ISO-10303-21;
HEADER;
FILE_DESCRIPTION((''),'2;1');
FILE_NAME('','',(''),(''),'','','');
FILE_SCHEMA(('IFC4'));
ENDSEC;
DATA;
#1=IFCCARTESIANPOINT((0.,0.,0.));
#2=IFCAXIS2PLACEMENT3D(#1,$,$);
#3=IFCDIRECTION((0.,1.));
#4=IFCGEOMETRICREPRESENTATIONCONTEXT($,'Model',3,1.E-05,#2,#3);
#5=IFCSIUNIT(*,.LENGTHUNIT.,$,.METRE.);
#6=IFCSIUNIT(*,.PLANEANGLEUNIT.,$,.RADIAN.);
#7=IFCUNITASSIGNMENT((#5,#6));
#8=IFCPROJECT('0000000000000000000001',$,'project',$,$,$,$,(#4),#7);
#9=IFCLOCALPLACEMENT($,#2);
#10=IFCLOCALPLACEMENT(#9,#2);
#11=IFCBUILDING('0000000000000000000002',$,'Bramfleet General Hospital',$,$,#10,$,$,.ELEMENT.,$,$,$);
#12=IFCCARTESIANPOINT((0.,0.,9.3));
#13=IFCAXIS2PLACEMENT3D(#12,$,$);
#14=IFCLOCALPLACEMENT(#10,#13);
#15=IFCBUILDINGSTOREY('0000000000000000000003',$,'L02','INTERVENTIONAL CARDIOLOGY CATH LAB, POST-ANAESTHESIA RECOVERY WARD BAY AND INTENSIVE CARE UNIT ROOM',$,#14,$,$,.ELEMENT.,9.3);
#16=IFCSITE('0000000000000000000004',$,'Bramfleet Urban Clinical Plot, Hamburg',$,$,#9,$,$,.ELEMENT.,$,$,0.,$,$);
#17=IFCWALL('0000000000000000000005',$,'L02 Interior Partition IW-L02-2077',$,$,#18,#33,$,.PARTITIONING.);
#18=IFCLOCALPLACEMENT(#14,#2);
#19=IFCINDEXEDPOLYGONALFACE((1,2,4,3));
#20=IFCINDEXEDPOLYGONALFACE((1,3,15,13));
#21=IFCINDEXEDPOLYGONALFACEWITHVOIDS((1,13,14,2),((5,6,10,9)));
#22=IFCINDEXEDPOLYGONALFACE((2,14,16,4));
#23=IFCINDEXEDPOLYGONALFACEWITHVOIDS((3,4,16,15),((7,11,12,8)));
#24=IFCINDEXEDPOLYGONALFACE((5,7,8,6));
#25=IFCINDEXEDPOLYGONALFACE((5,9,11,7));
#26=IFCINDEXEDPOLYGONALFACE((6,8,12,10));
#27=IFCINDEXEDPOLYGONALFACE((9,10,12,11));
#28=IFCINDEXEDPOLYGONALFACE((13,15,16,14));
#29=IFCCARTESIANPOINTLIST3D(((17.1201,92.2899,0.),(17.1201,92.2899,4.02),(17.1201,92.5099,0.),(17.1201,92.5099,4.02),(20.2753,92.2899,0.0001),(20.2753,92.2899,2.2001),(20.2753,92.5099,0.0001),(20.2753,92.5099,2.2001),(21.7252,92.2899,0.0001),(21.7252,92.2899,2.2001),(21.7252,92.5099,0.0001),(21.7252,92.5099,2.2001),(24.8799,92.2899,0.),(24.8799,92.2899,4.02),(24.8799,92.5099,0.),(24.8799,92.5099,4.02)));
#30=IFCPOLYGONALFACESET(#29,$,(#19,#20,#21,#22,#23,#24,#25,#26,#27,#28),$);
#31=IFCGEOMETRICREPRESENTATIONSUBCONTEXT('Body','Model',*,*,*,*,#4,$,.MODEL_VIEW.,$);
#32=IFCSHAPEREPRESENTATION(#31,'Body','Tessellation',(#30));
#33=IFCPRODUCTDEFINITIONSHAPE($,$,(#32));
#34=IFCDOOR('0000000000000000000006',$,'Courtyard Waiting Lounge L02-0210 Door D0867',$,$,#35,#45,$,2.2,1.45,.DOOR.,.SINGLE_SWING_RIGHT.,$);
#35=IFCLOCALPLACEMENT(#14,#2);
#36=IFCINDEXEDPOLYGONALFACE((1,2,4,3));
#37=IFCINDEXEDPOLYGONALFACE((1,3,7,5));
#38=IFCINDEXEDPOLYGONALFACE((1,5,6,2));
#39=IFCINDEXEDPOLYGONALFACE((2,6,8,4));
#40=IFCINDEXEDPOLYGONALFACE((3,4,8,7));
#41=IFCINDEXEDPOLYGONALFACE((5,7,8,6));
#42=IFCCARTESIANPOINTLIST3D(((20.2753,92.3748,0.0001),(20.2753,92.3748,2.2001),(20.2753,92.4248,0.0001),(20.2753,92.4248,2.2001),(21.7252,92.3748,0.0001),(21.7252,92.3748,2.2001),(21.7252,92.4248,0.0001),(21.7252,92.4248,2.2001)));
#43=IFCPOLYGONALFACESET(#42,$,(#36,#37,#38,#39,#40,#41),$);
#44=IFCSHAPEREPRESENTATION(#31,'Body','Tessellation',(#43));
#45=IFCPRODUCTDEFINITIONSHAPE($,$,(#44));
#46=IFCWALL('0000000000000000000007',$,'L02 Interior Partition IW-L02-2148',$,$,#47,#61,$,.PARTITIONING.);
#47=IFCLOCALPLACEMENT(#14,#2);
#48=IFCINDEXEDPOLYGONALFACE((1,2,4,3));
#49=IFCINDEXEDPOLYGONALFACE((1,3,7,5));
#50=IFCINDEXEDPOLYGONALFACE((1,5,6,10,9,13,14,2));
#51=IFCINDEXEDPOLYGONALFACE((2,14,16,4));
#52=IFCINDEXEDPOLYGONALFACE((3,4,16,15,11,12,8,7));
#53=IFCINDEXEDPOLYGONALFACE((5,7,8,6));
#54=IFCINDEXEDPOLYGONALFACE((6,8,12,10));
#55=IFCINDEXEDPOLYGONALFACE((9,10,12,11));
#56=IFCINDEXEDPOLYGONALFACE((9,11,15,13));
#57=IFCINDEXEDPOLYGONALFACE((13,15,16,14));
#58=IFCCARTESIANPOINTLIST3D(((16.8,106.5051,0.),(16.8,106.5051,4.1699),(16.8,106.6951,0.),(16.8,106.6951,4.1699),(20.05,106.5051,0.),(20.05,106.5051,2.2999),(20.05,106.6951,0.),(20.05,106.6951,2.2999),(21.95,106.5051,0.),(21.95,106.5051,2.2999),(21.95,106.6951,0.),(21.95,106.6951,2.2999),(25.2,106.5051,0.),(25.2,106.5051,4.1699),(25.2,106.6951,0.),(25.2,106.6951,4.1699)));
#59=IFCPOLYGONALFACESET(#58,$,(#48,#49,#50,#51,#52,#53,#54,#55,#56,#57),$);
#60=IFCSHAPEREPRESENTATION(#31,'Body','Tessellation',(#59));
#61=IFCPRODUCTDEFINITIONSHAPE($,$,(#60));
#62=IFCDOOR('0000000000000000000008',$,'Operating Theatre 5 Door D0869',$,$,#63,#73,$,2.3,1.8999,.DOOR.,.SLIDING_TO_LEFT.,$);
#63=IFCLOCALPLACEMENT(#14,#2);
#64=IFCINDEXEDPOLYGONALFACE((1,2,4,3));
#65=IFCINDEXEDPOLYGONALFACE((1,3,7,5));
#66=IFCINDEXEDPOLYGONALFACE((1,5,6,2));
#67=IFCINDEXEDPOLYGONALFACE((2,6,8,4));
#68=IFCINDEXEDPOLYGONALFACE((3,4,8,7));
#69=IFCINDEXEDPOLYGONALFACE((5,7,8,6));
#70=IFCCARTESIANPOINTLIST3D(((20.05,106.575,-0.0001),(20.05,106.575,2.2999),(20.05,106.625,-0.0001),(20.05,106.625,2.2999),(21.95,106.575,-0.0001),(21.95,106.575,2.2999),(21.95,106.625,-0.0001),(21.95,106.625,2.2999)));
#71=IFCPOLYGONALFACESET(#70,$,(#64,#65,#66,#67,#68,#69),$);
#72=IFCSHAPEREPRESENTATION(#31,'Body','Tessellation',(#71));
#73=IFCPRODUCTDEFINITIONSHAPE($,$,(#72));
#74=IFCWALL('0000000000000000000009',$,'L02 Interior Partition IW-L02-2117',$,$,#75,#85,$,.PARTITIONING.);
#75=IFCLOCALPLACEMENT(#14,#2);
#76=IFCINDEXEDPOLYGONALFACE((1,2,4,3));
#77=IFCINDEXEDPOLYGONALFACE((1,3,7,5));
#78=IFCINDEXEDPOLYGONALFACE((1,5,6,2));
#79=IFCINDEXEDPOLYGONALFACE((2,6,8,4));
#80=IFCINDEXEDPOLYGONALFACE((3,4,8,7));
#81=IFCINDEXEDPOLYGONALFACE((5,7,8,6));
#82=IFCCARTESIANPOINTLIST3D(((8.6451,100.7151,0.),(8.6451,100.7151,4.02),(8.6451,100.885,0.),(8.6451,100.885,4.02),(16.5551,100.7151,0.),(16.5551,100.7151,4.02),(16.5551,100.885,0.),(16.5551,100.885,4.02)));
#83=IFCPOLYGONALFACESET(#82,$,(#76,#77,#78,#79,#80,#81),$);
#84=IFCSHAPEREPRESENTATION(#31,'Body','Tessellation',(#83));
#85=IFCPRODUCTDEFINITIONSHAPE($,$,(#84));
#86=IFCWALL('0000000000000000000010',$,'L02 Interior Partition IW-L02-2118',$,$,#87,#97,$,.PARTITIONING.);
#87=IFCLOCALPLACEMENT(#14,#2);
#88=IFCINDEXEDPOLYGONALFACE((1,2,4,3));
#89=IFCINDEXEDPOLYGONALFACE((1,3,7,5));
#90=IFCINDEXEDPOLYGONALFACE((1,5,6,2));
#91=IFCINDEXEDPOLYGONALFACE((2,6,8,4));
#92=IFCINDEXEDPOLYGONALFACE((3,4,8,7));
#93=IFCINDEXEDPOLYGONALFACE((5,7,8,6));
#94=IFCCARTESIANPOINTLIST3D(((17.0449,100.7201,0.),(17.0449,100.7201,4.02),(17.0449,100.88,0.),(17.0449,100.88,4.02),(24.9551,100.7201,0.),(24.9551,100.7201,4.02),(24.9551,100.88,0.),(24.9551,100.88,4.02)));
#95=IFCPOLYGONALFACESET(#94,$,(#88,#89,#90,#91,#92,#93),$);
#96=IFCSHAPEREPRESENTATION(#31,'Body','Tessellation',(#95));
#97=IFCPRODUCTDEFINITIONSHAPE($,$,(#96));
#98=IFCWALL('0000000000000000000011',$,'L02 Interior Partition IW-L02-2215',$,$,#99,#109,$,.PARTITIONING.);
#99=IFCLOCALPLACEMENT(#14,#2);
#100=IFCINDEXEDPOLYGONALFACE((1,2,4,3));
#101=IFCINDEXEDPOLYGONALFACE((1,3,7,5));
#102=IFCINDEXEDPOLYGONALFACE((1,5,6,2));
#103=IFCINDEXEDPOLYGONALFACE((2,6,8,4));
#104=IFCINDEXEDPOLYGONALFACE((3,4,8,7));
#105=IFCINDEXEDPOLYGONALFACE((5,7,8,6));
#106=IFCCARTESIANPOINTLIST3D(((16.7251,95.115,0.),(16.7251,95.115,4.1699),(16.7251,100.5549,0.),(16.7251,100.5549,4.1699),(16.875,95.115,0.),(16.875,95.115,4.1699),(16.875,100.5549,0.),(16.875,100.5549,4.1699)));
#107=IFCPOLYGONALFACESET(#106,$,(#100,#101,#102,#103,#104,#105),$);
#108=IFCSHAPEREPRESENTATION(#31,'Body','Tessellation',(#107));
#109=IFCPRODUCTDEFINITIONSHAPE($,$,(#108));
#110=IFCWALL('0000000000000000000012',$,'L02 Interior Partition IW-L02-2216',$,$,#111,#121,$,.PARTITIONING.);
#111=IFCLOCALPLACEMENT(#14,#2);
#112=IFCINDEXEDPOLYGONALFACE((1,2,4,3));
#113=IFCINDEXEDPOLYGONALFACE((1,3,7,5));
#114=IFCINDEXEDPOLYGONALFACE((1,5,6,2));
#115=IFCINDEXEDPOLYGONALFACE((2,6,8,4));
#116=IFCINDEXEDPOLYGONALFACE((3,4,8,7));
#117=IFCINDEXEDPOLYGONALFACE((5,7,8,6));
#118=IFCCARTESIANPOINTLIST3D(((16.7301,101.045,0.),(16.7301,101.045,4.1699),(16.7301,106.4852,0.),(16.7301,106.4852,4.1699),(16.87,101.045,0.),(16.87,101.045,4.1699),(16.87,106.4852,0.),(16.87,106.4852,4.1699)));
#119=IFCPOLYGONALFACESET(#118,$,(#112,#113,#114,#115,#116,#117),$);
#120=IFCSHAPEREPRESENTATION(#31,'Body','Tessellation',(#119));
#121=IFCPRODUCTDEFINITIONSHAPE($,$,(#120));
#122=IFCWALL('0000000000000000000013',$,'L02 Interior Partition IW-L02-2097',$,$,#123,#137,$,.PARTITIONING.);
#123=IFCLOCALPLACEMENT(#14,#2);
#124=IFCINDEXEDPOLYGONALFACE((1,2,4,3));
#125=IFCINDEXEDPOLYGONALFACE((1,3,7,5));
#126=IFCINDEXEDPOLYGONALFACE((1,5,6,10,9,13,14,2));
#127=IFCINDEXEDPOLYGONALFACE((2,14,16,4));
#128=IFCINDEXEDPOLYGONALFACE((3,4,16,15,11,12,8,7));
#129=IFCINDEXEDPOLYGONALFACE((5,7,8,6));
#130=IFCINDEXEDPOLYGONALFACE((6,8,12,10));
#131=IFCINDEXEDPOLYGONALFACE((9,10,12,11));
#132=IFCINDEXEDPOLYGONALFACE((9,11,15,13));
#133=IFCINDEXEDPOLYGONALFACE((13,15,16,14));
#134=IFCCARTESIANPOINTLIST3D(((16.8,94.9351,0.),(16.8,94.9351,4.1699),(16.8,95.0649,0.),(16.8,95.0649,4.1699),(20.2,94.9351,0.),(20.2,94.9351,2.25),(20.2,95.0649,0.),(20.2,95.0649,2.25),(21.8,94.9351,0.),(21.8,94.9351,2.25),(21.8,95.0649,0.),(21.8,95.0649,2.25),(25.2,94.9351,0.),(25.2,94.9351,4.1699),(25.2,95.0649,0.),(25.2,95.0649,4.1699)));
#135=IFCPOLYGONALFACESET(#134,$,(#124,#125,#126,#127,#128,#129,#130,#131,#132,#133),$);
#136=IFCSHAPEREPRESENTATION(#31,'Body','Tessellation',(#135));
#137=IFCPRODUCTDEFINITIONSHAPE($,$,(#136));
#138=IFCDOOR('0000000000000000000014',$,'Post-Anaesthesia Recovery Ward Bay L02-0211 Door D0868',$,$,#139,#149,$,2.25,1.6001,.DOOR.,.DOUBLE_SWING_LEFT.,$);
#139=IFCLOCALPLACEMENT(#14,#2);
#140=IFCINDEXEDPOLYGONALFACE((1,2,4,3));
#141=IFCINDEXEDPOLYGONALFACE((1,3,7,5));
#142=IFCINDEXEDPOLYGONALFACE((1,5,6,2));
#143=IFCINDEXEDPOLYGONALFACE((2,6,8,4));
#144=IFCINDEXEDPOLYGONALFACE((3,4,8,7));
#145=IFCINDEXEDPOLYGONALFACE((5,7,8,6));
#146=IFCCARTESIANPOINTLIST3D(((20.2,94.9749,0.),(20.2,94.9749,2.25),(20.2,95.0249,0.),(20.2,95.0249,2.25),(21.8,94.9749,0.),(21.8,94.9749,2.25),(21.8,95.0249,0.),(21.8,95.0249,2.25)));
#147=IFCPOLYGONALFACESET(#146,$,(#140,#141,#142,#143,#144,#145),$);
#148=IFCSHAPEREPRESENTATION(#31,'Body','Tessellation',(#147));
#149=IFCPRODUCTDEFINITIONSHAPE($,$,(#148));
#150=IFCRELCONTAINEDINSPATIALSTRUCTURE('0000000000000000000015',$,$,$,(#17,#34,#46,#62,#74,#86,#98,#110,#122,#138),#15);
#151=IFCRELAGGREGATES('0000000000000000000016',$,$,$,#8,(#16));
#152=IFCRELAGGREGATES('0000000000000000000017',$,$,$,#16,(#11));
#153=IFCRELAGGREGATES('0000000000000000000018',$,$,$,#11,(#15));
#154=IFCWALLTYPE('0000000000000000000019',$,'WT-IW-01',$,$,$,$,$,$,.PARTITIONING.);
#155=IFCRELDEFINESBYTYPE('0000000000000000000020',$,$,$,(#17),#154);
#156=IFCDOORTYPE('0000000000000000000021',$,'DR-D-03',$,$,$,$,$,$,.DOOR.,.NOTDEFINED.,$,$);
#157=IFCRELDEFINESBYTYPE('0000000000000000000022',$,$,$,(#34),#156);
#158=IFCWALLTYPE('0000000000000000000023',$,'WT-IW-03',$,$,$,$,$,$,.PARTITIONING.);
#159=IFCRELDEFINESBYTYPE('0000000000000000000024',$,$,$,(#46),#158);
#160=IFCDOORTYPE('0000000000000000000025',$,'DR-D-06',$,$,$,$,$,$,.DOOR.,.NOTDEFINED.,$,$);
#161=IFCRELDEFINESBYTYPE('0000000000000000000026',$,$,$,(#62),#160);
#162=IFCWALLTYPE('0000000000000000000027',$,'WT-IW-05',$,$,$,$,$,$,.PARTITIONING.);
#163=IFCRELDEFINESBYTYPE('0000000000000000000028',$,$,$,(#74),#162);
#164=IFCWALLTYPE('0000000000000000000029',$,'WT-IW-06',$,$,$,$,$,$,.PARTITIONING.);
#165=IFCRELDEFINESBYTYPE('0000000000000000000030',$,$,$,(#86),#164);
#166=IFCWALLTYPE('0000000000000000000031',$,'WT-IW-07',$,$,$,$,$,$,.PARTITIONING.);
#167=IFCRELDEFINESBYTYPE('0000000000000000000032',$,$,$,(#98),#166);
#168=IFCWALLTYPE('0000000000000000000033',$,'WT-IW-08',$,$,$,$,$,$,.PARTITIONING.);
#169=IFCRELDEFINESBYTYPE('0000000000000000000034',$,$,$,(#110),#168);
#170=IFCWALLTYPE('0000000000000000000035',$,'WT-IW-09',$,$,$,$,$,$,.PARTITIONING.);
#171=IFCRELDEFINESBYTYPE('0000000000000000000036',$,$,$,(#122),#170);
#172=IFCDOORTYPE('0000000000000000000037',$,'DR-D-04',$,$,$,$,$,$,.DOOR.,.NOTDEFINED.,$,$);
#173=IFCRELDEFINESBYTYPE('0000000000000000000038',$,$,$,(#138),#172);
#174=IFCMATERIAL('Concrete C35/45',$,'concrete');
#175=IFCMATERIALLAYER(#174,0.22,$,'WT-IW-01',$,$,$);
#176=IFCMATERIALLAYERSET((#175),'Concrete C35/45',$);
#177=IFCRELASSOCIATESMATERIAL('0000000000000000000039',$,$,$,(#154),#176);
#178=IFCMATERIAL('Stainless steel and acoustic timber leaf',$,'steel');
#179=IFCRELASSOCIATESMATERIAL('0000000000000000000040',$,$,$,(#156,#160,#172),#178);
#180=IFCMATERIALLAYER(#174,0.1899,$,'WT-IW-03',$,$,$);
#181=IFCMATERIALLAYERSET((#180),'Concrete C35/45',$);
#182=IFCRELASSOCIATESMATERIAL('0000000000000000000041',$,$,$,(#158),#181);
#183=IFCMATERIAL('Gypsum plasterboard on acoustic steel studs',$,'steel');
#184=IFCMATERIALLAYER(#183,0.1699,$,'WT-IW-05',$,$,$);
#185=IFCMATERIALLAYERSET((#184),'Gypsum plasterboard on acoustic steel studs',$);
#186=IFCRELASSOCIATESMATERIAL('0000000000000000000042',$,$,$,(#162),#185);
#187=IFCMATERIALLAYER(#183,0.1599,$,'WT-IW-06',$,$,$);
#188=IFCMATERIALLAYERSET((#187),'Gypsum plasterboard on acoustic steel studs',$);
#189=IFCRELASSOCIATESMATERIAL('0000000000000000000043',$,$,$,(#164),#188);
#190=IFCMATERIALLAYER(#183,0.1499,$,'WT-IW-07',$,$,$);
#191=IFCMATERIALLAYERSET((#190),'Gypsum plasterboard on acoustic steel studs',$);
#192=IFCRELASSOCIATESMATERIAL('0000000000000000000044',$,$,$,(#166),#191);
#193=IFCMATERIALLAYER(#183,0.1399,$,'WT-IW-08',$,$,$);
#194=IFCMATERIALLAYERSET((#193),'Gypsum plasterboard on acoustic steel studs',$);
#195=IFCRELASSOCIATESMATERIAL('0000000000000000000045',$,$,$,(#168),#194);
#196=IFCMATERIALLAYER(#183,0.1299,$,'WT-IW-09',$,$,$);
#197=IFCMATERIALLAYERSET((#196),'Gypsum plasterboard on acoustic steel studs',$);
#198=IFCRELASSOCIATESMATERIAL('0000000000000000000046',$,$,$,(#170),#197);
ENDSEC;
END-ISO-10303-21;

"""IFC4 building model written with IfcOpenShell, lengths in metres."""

from ifc_helpers import new_model, si_unit, direction, frame, frame_2d, origin, place, context, subcontext, project, spatial, rectangle, extrude, material, layer, layer_set, type_object, element, fill, save


model = new_model("IFC4")

# Units and contexts
model_context = context("Model", 3, precision=1e-05, world=origin(), true_north=direction((0.0, 1.0)))
body_context = subcontext(model_context, "Body", "Model", "MODEL_VIEW")
ifc_project = project(units=[si_unit("LENGTHUNIT", "METRE"), si_unit("PLANEANGLEUNIT", "RADIAN")], contexts=[model_context])

# Site, building, storey
site_placement = place(None, origin())
site = spatial("IfcSite", under=ifc_project, at=site_placement, Name="Bramfleet Urban Clinical Plot, Hamburg", CompositionType="ELEMENT", RefElevation=0.0)
building_placement = place(site_placement, origin())
building = spatial("IfcBuilding", under=site, at=building_placement, Name="Bramfleet General Hospital", CompositionType="ELEMENT")
storey_placement = place(building_placement, frame((0.0, 0.0, 9.3)))
storey = spatial("IfcBuildingStorey", under=building, at=storey_placement, Name="L02", Description="INTERVENTIONAL CARDIOLOGY CATH LAB, POST-ANAESTHESIA RECOVERY WARD BAY AND INTENSIVE CARE UNIT ROOM", CompositionType="ELEMENT", Elevation=9.3)

# Shared definitions
ifc_material_1 = material(Name="Concrete C35/45", Category="concrete")

# Walls, openings, doors
ifc_layer_1 = layer(ifc_material_1, 0.22, Name="WT-IW-01")
ifc_layer_set_1 = layer_set([ifc_layer_1], Name="Concrete C35/45")
wall_type_1 = type_object("IfcWallType", Name="WT-IW-01", PredefinedType="PARTITIONING", material=ifc_layer_set_1)
wall_1_placement = place(storey_placement, frame((17.1201, 92.3999, 0.0), z_axis=(0.0, 0.0, 1.0), x_axis=(1.0, 0.0, 0.0)))
wall_1 = element("IfcWall", 1, at=wall_1_placement, inside=storey, type_object=wall_type_1, Name="L02 Interior Partition IW-L02-2077", PredefinedType="PARTITIONING", context=body_context, shape_type="SweptSolid", body=[
    extrude(rectangle(XDim=7.7598, YDim=0.22, at=frame_2d((3.8799, 0.0))), origin(), (0.0, 0.0, 1.0), 4.02),
])
opening_1_placement = place(wall_1_placement, frame((3.155, 0.0, 0.0)))
opening_1 = element("IfcOpeningElement", 2, at=opening_1_placement, cuts=wall_1, PredefinedType="OPENING", context=body_context, shape_type="SweptSolid", body=[
    extrude(rectangle(XDim=1.45, YDim=2.2, at=frame_2d((0.7251, 1.1001))), frame((0.0, 0.1199, 0.0), z_axis=(0.0, -1.0, 0.0), x_axis=(1.0, 0.0, 0.0)), (0.0, 0.0, 1.0), 0.24),
])
ifc_material_2 = material(Name="Stainless steel and acoustic timber leaf", Category="steel")
door_type_1 = type_object("IfcDoorType", Name="DR-D-03", OperationType="NOTDEFINED", PredefinedType="DOOR", material=ifc_material_2)
door_1_placement = place(opening_1_placement, origin())
door_1 = element("IfcDoor", 3, at=door_1_placement, inside=storey, type_object=door_type_1, Name="Courtyard Waiting Lounge L02-0210 Door D0867", OperationType="SINGLE_SWING_RIGHT", OverallHeight=2.2, OverallWidth=1.45, PredefinedType="DOOR", context=body_context, shape_type="SweptSolid", body=[
    extrude(rectangle(XDim=1.45, YDim=2.2, at=frame_2d((0.7251, 1.1001))), frame((0.0, 0.0249, 0.0), z_axis=(0.0, -1.0, 0.0), x_axis=(1.0, 0.0, 0.0)), (0.0, 0.0, 1.0), 0.05),
])
fill(opening_1, door_1)
ifc_layer_2 = layer(ifc_material_1, 0.1899, Name="WT-IW-03")
ifc_layer_set_2 = layer_set([ifc_layer_2], Name="Concrete C35/45")
wall_type_2 = type_object("IfcWallType", Name="WT-IW-03", PredefinedType="PARTITIONING", material=ifc_layer_set_2)
wall_2_placement = place(storey_placement, frame((16.8, 106.6001, 0.0), z_axis=(0.0, 0.0, 1.0), x_axis=(1.0, 0.0, 0.0)))
wall_2 = element("IfcWall", 4, at=wall_2_placement, inside=storey, type_object=wall_type_2, Name="L02 Interior Partition IW-L02-2148", PredefinedType="PARTITIONING", context=body_context, shape_type="SweptSolid", body=[
    extrude(rectangle(XDim=8.3999, YDim=0.1899, at=frame_2d((4.2, 0.0))), origin(), (0.0, 0.0, 1.0), 4.1699),
])
opening_2_placement = place(wall_2_placement, frame((3.25, 0.0, 0.0)))
opening_2 = element("IfcOpeningElement", 5, at=opening_2_placement, cuts=wall_2, PredefinedType="OPENING", context=body_context, shape_type="SweptSolid", body=[
    extrude(rectangle(XDim=1.8999, YDim=2.3, at=frame_2d((0.95, 1.1499))), frame((0.0, 0.105, 0.0), z_axis=(0.0, -1.0, 0.0), x_axis=(1.0, 0.0, 0.0)), (0.0, 0.0, 1.0), 0.21),
])
door_type_2 = type_object("IfcDoorType", Name="DR-D-06", OperationType="NOTDEFINED", PredefinedType="DOOR", material=ifc_material_2)
door_2_placement = place(opening_2_placement, origin())
door_2 = element("IfcDoor", 6, at=door_2_placement, inside=storey, type_object=door_type_2, Name="Operating Theatre 5 Door D0869", OperationType="SLIDING_TO_LEFT", OverallHeight=2.3, OverallWidth=1.8999, PredefinedType="DOOR", context=body_context, shape_type="SweptSolid", body=[
    extrude(rectangle(XDim=1.8999, YDim=2.3, at=frame_2d((0.95, 1.1499))), frame((0.0, 0.0249, 0.0), z_axis=(0.0, -1.0, 0.0), x_axis=(1.0, 0.0, 0.0)), (0.0, 0.0, 1.0), 0.05),
])
fill(opening_2, door_2)

# Walls
ifc_material_3 = material(Name="Gypsum plasterboard on acoustic steel studs", Category="steel")
ifc_layer_3 = layer(ifc_material_3, 0.1699, Name="WT-IW-05")
ifc_layer_set_3 = layer_set([ifc_layer_3], Name="Gypsum plasterboard on acoustic steel studs")
wall_type_3 = type_object("IfcWallType", Name="WT-IW-05", PredefinedType="PARTITIONING", material=ifc_layer_set_3)
wall_3_placement = place(storey_placement, frame((8.645, 100.8, 0.0), z_axis=(0.0, 0.0, 1.0), x_axis=(1.0, 0.0, 0.0)))
element("IfcWall", 7, at=wall_3_placement, inside=storey, type_object=wall_type_3, Name="L02 Interior Partition IW-L02-2117", PredefinedType="PARTITIONING", context=body_context, shape_type="SweptSolid", body=[
    extrude(rectangle(XDim=7.9099, YDim=0.1699, at=frame_2d((3.9551, 0.0))), origin(), (0.0, 0.0, 1.0), 4.02),
])
ifc_layer_4 = layer(ifc_material_3, 0.1599, Name="WT-IW-06")
ifc_layer_set_4 = layer_set([ifc_layer_4], Name="Gypsum plasterboard on acoustic steel studs")
wall_type_4 = type_object("IfcWallType", Name="WT-IW-06", PredefinedType="PARTITIONING", material=ifc_layer_set_4)
wall_4_placement = place(storey_placement, frame((17.0449, 100.8, 0.0), z_axis=(0.0, 0.0, 1.0), x_axis=(1.0, 0.0, 0.0)))
element("IfcWall", 8, at=wall_4_placement, inside=storey, type_object=wall_type_4, Name="L02 Interior Partition IW-L02-2118", PredefinedType="PARTITIONING", context=body_context, shape_type="SweptSolid", body=[
    extrude(rectangle(XDim=7.9102, YDim=0.1599, at=frame_2d((3.9551, 0.0))), origin(), (0.0, 0.0, 1.0), 4.02),
])
ifc_layer_5 = layer(ifc_material_3, 0.1499, Name="WT-IW-07")
ifc_layer_set_5 = layer_set([ifc_layer_5], Name="Gypsum plasterboard on acoustic steel studs")
wall_type_5 = type_object("IfcWallType", Name="WT-IW-07", PredefinedType="PARTITIONING", material=ifc_layer_set_5)
wall_5_placement = place(storey_placement, frame((16.8, 95.115, 0.0), z_axis=(0.0, 0.0, 1.0), x_axis=(0.0, 1.0, 0.0)))
element("IfcWall", 9, at=wall_5_placement, inside=storey, type_object=wall_type_5, Name="L02 Interior Partition IW-L02-2215", PredefinedType="PARTITIONING", context=body_context, shape_type="SweptSolid", body=[
    extrude(rectangle(XDim=5.4399, YDim=0.1499, at=frame_2d((2.72, 0.0))), origin(), (0.0, 0.0, 1.0), 4.1699),
])
ifc_layer_6 = layer(ifc_material_3, 0.1399, Name="WT-IW-08")
ifc_layer_set_6 = layer_set([ifc_layer_6], Name="Gypsum plasterboard on acoustic steel studs")
wall_type_6 = type_object("IfcWallType", Name="WT-IW-08", PredefinedType="PARTITIONING", material=ifc_layer_set_6)
wall_6_placement = place(storey_placement, frame((16.8, 101.0449, 0.0), z_axis=(0.0, 0.0, 1.0), x_axis=(0.0, 1.0, 0.0)))
element("IfcWall", 10, at=wall_6_placement, inside=storey, type_object=wall_type_6, Name="L02 Interior Partition IW-L02-2216", PredefinedType="PARTITIONING", context=body_context, shape_type="SweptSolid", body=[
    extrude(rectangle(XDim=5.4402, YDim=0.1399, at=frame_2d((2.7202, 0.0))), origin(), (0.0, 0.0, 1.0), 4.1699),
])

# Wall, opening, door
ifc_layer_7 = layer(ifc_material_3, 0.1299, Name="WT-IW-09")
ifc_layer_set_7 = layer_set([ifc_layer_7], Name="Gypsum plasterboard on acoustic steel studs")
wall_type_7 = type_object("IfcWallType", Name="WT-IW-09", PredefinedType="PARTITIONING", material=ifc_layer_set_7)
wall_7_placement = place(storey_placement, frame((16.8, 95.0, 0.0), z_axis=(0.0, 0.0, 1.0), x_axis=(1.0, 0.0, 0.0)))
wall_7 = element("IfcWall", 11, at=wall_7_placement, inside=storey, type_object=wall_type_7, Name="L02 Interior Partition IW-L02-2097", PredefinedType="PARTITIONING", context=body_context, shape_type="SweptSolid", body=[
    extrude(rectangle(XDim=8.3999, YDim=0.1299, at=frame_2d((4.2, 0.0))), origin(), (0.0, 0.0, 1.0), 4.1699),
])
opening_3_placement = place(wall_7_placement, frame((3.3999, 0.0, 0.0)))
opening_3 = element("IfcOpeningElement", 12, at=opening_3_placement, cuts=wall_7, PredefinedType="OPENING", context=body_context, shape_type="SweptSolid", body=[
    extrude(rectangle(XDim=1.6001, YDim=2.25, at=frame_2d((0.8, 1.125))), frame((0.0, 0.075, 0.0), z_axis=(0.0, -1.0, 0.0), x_axis=(1.0, 0.0, 0.0)), (0.0, 0.0, 1.0), 0.1499),
])
door_type_3 = type_object("IfcDoorType", Name="DR-D-04", OperationType="NOTDEFINED", PredefinedType="DOOR", material=ifc_material_2)
door_3_placement = place(opening_3_placement, origin())
door_3 = element("IfcDoor", 13, at=door_3_placement, inside=storey, type_object=door_type_3, Name="Post-Anaesthesia Recovery Ward Bay L02-0211 Door D0868", OperationType="DOUBLE_SWING_LEFT", OverallHeight=2.25, OverallWidth=1.6001, PredefinedType="DOOR", context=body_context, shape_type="SweptSolid", body=[
    extrude(rectangle(XDim=1.6001, YDim=2.25, at=frame_2d((0.8, 1.125))), frame((0.0, 0.0249, 0.0), z_axis=(0.0, -1.0, 0.0), x_axis=(1.0, 0.0, 0.0)), (0.0, 0.0, 1.0), 0.05),
])
fill(opening_3, door_3)

save(model, "model.ifc")
